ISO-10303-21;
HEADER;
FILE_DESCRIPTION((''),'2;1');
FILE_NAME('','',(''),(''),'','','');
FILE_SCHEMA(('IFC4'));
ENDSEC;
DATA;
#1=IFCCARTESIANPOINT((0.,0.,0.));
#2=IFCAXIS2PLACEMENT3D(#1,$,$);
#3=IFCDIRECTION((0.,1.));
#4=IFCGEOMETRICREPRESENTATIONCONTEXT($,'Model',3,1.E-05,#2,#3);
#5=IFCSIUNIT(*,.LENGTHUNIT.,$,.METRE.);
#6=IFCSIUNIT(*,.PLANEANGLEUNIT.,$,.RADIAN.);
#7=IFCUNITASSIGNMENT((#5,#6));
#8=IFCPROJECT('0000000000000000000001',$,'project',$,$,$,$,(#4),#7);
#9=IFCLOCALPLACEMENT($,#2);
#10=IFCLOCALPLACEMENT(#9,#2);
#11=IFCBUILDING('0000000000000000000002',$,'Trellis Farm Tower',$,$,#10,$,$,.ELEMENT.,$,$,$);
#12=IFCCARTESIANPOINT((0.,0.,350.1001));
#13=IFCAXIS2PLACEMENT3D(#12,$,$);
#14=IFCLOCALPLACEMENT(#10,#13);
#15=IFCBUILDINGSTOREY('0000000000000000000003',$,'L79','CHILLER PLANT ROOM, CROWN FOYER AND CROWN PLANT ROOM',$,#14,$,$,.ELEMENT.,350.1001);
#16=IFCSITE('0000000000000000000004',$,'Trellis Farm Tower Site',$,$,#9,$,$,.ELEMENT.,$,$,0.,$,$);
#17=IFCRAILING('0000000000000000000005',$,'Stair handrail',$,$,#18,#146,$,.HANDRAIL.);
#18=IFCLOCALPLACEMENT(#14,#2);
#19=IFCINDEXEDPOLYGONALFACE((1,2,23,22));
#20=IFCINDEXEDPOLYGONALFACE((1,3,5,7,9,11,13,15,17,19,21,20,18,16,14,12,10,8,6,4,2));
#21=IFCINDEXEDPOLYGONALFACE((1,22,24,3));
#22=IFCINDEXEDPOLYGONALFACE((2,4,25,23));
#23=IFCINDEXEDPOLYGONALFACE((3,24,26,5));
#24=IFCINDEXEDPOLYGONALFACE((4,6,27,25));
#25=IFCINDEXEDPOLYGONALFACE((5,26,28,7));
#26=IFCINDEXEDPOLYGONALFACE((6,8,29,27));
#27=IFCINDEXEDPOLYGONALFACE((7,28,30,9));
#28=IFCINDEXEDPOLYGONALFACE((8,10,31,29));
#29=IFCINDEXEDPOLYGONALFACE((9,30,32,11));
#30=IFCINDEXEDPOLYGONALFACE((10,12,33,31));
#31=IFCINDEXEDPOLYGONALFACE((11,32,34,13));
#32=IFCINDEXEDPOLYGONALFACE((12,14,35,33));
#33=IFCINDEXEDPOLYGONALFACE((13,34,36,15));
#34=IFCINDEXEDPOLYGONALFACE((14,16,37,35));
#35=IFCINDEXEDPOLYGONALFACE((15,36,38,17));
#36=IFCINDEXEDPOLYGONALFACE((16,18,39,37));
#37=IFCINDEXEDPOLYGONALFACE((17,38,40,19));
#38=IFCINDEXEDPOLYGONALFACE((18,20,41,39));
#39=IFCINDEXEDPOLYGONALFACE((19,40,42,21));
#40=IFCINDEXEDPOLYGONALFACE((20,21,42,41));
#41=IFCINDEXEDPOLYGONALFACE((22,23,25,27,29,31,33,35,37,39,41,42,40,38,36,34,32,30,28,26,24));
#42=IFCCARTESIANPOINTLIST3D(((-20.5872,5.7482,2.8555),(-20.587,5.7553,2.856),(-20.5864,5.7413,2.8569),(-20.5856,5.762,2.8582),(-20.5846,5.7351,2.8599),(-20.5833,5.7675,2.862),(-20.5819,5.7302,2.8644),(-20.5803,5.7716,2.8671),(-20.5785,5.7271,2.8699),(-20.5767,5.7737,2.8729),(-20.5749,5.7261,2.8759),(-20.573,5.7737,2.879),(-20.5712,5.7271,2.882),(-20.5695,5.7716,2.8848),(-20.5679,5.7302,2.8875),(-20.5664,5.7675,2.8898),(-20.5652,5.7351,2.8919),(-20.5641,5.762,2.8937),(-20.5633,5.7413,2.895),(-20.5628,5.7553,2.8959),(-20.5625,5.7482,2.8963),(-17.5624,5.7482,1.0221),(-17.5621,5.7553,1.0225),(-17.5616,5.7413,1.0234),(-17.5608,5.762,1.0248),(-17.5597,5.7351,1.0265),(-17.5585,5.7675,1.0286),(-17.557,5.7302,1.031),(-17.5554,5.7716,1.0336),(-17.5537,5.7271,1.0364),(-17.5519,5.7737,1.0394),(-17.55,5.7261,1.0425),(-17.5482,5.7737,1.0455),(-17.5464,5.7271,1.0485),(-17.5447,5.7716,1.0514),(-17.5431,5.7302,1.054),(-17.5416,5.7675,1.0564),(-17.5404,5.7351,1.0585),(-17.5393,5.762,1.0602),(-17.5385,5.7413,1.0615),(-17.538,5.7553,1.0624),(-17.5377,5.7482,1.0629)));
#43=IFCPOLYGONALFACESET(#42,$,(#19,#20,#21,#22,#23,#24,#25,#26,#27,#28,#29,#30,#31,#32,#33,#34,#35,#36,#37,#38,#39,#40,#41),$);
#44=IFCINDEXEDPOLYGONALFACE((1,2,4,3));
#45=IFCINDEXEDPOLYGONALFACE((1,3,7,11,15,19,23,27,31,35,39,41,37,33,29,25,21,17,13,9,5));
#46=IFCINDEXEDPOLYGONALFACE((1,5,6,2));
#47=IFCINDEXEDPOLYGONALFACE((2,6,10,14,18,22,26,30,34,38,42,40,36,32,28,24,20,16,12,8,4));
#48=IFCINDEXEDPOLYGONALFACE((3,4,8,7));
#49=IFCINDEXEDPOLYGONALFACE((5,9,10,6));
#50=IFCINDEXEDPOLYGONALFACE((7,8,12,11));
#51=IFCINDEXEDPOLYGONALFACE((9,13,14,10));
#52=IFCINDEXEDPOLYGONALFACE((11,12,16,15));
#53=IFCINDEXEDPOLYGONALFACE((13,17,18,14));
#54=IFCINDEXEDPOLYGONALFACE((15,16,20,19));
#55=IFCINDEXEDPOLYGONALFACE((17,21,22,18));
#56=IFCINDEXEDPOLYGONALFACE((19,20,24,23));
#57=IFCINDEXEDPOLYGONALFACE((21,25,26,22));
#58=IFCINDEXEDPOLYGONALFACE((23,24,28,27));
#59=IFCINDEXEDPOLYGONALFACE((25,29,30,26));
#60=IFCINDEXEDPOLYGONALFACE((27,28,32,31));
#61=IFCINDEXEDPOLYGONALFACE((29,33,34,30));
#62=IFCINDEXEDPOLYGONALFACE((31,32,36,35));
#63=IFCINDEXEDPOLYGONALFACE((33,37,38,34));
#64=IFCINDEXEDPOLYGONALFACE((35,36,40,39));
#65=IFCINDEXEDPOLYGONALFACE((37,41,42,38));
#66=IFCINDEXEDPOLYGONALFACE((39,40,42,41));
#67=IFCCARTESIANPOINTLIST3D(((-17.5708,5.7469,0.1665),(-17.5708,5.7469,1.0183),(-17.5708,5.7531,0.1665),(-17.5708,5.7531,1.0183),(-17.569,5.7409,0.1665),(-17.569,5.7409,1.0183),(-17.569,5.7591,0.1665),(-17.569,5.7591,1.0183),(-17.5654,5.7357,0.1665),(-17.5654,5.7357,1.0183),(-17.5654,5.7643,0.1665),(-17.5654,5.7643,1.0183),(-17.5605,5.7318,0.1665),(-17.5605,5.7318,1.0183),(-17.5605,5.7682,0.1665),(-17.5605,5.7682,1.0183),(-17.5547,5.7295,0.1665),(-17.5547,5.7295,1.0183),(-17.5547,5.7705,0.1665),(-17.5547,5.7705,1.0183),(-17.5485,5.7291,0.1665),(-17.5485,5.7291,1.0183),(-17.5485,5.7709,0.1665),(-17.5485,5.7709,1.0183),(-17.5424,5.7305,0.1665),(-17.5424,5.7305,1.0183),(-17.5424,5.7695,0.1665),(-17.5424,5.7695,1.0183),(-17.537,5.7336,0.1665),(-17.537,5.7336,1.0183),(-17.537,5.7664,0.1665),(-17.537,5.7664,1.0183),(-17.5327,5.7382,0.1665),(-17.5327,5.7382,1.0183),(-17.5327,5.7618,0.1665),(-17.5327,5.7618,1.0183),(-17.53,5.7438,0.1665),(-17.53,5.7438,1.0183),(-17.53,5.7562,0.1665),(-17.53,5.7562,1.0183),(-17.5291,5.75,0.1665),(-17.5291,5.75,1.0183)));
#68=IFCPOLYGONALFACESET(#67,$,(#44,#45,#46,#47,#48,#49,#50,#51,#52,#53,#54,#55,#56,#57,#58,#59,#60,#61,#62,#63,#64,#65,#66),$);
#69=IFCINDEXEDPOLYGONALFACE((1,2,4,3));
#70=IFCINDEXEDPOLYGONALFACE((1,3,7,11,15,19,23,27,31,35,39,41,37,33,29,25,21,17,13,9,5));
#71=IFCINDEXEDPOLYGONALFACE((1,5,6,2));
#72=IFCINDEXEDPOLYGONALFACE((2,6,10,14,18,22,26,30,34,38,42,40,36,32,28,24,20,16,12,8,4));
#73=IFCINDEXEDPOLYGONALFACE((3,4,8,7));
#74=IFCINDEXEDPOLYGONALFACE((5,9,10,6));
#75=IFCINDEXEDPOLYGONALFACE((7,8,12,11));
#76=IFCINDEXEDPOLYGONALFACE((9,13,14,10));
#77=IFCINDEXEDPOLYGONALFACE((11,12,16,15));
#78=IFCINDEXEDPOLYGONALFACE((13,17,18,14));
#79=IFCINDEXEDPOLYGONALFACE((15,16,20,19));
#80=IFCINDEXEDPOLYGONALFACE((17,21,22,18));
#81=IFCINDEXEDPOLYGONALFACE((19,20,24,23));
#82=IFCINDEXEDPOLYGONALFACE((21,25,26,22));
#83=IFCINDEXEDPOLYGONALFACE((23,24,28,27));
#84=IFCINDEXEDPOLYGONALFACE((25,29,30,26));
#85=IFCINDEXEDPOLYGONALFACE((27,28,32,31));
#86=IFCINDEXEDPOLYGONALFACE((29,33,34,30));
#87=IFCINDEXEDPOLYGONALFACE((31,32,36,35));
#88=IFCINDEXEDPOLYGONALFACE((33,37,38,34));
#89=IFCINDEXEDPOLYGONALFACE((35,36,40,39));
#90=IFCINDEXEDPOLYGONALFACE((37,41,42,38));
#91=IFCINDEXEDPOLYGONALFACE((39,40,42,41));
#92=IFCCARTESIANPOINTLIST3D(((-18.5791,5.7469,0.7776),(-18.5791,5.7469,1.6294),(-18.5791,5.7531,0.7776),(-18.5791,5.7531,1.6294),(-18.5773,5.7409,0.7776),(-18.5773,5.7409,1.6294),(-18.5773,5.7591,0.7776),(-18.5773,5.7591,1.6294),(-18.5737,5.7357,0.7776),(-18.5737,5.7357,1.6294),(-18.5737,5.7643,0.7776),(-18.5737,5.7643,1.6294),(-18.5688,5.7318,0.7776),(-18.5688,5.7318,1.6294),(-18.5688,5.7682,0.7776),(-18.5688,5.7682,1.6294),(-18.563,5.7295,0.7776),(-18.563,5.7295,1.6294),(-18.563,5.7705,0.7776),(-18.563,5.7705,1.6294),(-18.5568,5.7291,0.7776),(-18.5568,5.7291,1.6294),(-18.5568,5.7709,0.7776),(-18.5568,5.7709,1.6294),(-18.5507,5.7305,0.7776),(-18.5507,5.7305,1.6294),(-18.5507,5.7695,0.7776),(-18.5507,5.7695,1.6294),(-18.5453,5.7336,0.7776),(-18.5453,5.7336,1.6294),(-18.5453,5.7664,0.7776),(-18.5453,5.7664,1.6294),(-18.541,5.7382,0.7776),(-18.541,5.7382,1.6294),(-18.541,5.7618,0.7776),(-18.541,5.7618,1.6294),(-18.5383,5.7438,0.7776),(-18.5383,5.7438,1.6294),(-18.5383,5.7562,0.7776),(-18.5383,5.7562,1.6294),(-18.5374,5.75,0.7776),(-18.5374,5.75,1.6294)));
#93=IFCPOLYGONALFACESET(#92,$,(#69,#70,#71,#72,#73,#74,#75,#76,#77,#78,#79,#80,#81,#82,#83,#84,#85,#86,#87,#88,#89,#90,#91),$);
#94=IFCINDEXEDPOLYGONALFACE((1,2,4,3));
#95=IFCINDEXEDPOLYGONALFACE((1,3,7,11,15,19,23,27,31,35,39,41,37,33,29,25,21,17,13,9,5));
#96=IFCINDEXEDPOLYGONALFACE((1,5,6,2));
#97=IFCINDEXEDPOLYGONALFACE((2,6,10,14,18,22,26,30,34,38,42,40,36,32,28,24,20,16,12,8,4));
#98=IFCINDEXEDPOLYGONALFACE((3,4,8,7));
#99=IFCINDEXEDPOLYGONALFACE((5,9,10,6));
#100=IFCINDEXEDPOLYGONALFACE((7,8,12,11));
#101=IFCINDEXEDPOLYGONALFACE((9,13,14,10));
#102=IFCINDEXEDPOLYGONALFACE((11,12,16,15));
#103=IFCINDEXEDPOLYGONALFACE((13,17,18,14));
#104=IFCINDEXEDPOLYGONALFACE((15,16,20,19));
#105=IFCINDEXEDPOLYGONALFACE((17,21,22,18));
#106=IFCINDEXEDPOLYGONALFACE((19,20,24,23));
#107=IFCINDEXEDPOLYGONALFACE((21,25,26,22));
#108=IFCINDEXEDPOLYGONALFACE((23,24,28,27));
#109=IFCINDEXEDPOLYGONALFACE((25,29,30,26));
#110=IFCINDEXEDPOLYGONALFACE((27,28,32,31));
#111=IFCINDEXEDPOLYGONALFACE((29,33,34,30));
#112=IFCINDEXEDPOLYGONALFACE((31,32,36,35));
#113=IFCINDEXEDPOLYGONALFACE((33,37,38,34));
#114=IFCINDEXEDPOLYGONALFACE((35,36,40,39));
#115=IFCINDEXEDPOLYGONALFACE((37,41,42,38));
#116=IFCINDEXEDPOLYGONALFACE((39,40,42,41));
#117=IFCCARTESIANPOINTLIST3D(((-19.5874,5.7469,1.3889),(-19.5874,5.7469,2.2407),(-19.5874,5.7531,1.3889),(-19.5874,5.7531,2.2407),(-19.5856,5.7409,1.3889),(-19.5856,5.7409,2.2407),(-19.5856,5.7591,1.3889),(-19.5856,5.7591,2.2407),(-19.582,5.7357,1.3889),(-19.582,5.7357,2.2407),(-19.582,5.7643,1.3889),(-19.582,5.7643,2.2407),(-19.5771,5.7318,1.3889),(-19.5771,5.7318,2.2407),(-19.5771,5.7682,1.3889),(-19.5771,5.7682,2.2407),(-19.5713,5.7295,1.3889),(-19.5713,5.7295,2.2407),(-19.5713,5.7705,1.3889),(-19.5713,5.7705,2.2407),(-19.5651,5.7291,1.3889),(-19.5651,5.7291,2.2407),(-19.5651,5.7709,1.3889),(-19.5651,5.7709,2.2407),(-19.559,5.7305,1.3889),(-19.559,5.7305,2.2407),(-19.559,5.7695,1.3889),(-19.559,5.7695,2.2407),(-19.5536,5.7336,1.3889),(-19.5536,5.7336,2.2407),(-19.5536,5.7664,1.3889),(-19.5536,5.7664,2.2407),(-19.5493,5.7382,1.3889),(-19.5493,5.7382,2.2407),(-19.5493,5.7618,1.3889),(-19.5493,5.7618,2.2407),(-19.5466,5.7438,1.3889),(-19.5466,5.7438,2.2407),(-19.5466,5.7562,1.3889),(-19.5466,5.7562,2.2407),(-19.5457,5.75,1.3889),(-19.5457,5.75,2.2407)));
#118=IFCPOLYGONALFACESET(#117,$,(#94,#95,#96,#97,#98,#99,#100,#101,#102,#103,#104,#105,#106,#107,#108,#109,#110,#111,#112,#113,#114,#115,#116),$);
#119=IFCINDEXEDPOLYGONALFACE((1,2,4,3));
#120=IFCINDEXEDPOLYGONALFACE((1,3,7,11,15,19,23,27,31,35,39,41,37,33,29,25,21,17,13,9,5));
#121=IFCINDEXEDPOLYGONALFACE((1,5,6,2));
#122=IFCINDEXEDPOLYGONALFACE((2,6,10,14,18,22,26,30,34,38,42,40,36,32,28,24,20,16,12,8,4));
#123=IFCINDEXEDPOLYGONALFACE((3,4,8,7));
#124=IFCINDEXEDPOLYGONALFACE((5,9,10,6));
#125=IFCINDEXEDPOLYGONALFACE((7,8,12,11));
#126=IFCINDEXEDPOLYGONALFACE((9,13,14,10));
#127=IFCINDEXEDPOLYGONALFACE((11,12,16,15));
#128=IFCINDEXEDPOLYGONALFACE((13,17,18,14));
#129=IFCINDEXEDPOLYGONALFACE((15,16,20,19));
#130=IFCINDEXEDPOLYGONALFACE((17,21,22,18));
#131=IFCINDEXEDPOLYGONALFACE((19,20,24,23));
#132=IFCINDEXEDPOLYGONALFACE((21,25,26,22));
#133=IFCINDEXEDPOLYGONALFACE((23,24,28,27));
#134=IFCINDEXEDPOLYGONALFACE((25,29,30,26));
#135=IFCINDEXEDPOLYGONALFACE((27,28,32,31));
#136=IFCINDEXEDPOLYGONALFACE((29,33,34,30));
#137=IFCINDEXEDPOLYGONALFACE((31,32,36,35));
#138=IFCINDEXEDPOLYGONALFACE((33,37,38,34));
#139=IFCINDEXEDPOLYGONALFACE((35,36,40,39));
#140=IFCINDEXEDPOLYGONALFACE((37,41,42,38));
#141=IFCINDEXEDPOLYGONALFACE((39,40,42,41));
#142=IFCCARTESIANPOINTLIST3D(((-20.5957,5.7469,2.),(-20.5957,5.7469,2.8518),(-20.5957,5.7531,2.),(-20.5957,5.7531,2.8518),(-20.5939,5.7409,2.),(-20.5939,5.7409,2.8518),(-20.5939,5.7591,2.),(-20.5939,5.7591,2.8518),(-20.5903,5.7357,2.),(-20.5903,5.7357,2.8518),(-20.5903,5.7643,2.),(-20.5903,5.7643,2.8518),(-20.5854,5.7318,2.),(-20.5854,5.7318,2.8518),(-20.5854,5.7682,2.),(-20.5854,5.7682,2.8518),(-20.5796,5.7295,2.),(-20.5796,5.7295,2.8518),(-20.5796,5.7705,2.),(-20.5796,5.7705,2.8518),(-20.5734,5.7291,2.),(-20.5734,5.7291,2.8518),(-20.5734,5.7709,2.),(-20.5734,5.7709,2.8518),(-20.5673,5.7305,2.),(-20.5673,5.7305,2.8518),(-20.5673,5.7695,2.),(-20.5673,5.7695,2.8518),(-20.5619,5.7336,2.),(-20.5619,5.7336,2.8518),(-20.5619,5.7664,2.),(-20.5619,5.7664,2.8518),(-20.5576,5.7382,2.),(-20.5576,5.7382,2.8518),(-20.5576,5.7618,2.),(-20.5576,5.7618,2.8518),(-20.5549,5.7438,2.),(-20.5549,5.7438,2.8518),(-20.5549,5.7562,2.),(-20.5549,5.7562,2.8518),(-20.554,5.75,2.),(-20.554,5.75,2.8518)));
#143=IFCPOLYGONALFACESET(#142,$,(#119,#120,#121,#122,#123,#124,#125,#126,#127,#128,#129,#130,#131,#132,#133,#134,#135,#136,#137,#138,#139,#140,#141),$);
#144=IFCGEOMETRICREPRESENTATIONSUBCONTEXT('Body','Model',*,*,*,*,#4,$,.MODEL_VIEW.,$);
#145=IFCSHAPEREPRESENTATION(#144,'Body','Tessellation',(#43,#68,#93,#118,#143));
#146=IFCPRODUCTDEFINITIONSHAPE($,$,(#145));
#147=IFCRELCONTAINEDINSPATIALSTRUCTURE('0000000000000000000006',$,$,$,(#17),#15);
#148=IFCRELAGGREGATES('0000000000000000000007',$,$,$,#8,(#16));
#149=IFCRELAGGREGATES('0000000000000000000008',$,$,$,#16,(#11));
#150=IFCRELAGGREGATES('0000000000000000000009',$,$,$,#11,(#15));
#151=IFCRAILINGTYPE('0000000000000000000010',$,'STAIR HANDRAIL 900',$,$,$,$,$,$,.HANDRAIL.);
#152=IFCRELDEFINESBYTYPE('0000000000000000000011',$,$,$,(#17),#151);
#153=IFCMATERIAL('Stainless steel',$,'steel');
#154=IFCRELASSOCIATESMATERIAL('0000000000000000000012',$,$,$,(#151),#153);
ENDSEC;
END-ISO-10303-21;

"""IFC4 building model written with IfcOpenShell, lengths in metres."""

from ifc_helpers import new_model, si_unit, direction, frame, origin, origin_2d, place, context, subcontext, project, spatial, circle, extrude, source, transform, mapped, material, type_object, element, save


model = new_model("IFC4")

# Units and contexts
model_context = context("Model", 3, precision=1e-05, world=origin(), true_north=direction((0.0, 1.0)))
body_context = subcontext(model_context, "Body", "Model", "MODEL_VIEW")
ifc_project = project(units=[si_unit("LENGTHUNIT", "METRE"), si_unit("PLANEANGLEUNIT", "RADIAN")], contexts=[model_context])

# Site, building, storey
site_placement = place(None, origin())
site = spatial("IfcSite", under=ifc_project, at=site_placement, Name="Trellis Farm Tower Site", CompositionType="ELEMENT", RefElevation=0.0)
building_placement = place(site_placement, origin())
building = spatial("IfcBuilding", under=site, at=building_placement, Name="Trellis Farm Tower", CompositionType="ELEMENT")
storey_placement = place(building_placement, frame((0.0, 0.0, 350.1001)))
storey = spatial("IfcBuildingStorey", under=building, at=storey_placement, Name="L79", Description="CHILLER PLANT ROOM, CROWN FOYER AND CROWN PLANT ROOM", CompositionType="ELEMENT", Elevation=350.1001)

# Railing
ifc_material_1 = material(Name="Stainless steel", Category="steel")
railing_type = type_object("IfcRailingType", Name="STAIR HANDRAIL 900", PredefinedType="HANDRAIL", material=ifc_material_1)
shared_shape_1 = source(origin(), body_context, "Body", "SweptSolid", [
    extrude(circle(Radius=0.0239, at=origin_2d()), frame((0.0, 0.0, 0.876), z_axis=(-0.85517, 0.0, 0.518348), x_axis=(0.0, -1.0, 0.0)), (0.0, 0.0, 1.0), 3.5371),
    extrude(circle(Radius=0.021, at=origin_2d()), origin(), (0.0, 0.0, 1.0), 0.8518),
    extrude(circle(Radius=0.021, at=origin_2d()), frame((-1.0083, 0.0, 0.6111)), (0.0, 0.0, 1.0), 0.8518),
    extrude(circle(Radius=0.021, at=origin_2d()), frame((-2.0166, 0.0, 1.2224)), (0.0, 0.0, 1.0), 0.8518),
    extrude(circle(Radius=0.021, at=origin_2d()), frame((-3.0249, 0.0, 1.8335)), (0.0, 0.0, 1.0), 0.8518),
])
for number, where, name in (
    (1, (-17.55, 5.75, 0.1665), "Stair handrail"),
):
    element("IfcRailing", number, at=place(storey_placement, frame(where)), inside=storey, type_object=railing_type, Name=name, PredefinedType="HANDRAIL", context=body_context, shape_type="MappedRepresentation", body=[
        mapped(shared_shape_1, transform((0.0, 0.0, 0.0))),
    ])

save(model, "model.ifc")
